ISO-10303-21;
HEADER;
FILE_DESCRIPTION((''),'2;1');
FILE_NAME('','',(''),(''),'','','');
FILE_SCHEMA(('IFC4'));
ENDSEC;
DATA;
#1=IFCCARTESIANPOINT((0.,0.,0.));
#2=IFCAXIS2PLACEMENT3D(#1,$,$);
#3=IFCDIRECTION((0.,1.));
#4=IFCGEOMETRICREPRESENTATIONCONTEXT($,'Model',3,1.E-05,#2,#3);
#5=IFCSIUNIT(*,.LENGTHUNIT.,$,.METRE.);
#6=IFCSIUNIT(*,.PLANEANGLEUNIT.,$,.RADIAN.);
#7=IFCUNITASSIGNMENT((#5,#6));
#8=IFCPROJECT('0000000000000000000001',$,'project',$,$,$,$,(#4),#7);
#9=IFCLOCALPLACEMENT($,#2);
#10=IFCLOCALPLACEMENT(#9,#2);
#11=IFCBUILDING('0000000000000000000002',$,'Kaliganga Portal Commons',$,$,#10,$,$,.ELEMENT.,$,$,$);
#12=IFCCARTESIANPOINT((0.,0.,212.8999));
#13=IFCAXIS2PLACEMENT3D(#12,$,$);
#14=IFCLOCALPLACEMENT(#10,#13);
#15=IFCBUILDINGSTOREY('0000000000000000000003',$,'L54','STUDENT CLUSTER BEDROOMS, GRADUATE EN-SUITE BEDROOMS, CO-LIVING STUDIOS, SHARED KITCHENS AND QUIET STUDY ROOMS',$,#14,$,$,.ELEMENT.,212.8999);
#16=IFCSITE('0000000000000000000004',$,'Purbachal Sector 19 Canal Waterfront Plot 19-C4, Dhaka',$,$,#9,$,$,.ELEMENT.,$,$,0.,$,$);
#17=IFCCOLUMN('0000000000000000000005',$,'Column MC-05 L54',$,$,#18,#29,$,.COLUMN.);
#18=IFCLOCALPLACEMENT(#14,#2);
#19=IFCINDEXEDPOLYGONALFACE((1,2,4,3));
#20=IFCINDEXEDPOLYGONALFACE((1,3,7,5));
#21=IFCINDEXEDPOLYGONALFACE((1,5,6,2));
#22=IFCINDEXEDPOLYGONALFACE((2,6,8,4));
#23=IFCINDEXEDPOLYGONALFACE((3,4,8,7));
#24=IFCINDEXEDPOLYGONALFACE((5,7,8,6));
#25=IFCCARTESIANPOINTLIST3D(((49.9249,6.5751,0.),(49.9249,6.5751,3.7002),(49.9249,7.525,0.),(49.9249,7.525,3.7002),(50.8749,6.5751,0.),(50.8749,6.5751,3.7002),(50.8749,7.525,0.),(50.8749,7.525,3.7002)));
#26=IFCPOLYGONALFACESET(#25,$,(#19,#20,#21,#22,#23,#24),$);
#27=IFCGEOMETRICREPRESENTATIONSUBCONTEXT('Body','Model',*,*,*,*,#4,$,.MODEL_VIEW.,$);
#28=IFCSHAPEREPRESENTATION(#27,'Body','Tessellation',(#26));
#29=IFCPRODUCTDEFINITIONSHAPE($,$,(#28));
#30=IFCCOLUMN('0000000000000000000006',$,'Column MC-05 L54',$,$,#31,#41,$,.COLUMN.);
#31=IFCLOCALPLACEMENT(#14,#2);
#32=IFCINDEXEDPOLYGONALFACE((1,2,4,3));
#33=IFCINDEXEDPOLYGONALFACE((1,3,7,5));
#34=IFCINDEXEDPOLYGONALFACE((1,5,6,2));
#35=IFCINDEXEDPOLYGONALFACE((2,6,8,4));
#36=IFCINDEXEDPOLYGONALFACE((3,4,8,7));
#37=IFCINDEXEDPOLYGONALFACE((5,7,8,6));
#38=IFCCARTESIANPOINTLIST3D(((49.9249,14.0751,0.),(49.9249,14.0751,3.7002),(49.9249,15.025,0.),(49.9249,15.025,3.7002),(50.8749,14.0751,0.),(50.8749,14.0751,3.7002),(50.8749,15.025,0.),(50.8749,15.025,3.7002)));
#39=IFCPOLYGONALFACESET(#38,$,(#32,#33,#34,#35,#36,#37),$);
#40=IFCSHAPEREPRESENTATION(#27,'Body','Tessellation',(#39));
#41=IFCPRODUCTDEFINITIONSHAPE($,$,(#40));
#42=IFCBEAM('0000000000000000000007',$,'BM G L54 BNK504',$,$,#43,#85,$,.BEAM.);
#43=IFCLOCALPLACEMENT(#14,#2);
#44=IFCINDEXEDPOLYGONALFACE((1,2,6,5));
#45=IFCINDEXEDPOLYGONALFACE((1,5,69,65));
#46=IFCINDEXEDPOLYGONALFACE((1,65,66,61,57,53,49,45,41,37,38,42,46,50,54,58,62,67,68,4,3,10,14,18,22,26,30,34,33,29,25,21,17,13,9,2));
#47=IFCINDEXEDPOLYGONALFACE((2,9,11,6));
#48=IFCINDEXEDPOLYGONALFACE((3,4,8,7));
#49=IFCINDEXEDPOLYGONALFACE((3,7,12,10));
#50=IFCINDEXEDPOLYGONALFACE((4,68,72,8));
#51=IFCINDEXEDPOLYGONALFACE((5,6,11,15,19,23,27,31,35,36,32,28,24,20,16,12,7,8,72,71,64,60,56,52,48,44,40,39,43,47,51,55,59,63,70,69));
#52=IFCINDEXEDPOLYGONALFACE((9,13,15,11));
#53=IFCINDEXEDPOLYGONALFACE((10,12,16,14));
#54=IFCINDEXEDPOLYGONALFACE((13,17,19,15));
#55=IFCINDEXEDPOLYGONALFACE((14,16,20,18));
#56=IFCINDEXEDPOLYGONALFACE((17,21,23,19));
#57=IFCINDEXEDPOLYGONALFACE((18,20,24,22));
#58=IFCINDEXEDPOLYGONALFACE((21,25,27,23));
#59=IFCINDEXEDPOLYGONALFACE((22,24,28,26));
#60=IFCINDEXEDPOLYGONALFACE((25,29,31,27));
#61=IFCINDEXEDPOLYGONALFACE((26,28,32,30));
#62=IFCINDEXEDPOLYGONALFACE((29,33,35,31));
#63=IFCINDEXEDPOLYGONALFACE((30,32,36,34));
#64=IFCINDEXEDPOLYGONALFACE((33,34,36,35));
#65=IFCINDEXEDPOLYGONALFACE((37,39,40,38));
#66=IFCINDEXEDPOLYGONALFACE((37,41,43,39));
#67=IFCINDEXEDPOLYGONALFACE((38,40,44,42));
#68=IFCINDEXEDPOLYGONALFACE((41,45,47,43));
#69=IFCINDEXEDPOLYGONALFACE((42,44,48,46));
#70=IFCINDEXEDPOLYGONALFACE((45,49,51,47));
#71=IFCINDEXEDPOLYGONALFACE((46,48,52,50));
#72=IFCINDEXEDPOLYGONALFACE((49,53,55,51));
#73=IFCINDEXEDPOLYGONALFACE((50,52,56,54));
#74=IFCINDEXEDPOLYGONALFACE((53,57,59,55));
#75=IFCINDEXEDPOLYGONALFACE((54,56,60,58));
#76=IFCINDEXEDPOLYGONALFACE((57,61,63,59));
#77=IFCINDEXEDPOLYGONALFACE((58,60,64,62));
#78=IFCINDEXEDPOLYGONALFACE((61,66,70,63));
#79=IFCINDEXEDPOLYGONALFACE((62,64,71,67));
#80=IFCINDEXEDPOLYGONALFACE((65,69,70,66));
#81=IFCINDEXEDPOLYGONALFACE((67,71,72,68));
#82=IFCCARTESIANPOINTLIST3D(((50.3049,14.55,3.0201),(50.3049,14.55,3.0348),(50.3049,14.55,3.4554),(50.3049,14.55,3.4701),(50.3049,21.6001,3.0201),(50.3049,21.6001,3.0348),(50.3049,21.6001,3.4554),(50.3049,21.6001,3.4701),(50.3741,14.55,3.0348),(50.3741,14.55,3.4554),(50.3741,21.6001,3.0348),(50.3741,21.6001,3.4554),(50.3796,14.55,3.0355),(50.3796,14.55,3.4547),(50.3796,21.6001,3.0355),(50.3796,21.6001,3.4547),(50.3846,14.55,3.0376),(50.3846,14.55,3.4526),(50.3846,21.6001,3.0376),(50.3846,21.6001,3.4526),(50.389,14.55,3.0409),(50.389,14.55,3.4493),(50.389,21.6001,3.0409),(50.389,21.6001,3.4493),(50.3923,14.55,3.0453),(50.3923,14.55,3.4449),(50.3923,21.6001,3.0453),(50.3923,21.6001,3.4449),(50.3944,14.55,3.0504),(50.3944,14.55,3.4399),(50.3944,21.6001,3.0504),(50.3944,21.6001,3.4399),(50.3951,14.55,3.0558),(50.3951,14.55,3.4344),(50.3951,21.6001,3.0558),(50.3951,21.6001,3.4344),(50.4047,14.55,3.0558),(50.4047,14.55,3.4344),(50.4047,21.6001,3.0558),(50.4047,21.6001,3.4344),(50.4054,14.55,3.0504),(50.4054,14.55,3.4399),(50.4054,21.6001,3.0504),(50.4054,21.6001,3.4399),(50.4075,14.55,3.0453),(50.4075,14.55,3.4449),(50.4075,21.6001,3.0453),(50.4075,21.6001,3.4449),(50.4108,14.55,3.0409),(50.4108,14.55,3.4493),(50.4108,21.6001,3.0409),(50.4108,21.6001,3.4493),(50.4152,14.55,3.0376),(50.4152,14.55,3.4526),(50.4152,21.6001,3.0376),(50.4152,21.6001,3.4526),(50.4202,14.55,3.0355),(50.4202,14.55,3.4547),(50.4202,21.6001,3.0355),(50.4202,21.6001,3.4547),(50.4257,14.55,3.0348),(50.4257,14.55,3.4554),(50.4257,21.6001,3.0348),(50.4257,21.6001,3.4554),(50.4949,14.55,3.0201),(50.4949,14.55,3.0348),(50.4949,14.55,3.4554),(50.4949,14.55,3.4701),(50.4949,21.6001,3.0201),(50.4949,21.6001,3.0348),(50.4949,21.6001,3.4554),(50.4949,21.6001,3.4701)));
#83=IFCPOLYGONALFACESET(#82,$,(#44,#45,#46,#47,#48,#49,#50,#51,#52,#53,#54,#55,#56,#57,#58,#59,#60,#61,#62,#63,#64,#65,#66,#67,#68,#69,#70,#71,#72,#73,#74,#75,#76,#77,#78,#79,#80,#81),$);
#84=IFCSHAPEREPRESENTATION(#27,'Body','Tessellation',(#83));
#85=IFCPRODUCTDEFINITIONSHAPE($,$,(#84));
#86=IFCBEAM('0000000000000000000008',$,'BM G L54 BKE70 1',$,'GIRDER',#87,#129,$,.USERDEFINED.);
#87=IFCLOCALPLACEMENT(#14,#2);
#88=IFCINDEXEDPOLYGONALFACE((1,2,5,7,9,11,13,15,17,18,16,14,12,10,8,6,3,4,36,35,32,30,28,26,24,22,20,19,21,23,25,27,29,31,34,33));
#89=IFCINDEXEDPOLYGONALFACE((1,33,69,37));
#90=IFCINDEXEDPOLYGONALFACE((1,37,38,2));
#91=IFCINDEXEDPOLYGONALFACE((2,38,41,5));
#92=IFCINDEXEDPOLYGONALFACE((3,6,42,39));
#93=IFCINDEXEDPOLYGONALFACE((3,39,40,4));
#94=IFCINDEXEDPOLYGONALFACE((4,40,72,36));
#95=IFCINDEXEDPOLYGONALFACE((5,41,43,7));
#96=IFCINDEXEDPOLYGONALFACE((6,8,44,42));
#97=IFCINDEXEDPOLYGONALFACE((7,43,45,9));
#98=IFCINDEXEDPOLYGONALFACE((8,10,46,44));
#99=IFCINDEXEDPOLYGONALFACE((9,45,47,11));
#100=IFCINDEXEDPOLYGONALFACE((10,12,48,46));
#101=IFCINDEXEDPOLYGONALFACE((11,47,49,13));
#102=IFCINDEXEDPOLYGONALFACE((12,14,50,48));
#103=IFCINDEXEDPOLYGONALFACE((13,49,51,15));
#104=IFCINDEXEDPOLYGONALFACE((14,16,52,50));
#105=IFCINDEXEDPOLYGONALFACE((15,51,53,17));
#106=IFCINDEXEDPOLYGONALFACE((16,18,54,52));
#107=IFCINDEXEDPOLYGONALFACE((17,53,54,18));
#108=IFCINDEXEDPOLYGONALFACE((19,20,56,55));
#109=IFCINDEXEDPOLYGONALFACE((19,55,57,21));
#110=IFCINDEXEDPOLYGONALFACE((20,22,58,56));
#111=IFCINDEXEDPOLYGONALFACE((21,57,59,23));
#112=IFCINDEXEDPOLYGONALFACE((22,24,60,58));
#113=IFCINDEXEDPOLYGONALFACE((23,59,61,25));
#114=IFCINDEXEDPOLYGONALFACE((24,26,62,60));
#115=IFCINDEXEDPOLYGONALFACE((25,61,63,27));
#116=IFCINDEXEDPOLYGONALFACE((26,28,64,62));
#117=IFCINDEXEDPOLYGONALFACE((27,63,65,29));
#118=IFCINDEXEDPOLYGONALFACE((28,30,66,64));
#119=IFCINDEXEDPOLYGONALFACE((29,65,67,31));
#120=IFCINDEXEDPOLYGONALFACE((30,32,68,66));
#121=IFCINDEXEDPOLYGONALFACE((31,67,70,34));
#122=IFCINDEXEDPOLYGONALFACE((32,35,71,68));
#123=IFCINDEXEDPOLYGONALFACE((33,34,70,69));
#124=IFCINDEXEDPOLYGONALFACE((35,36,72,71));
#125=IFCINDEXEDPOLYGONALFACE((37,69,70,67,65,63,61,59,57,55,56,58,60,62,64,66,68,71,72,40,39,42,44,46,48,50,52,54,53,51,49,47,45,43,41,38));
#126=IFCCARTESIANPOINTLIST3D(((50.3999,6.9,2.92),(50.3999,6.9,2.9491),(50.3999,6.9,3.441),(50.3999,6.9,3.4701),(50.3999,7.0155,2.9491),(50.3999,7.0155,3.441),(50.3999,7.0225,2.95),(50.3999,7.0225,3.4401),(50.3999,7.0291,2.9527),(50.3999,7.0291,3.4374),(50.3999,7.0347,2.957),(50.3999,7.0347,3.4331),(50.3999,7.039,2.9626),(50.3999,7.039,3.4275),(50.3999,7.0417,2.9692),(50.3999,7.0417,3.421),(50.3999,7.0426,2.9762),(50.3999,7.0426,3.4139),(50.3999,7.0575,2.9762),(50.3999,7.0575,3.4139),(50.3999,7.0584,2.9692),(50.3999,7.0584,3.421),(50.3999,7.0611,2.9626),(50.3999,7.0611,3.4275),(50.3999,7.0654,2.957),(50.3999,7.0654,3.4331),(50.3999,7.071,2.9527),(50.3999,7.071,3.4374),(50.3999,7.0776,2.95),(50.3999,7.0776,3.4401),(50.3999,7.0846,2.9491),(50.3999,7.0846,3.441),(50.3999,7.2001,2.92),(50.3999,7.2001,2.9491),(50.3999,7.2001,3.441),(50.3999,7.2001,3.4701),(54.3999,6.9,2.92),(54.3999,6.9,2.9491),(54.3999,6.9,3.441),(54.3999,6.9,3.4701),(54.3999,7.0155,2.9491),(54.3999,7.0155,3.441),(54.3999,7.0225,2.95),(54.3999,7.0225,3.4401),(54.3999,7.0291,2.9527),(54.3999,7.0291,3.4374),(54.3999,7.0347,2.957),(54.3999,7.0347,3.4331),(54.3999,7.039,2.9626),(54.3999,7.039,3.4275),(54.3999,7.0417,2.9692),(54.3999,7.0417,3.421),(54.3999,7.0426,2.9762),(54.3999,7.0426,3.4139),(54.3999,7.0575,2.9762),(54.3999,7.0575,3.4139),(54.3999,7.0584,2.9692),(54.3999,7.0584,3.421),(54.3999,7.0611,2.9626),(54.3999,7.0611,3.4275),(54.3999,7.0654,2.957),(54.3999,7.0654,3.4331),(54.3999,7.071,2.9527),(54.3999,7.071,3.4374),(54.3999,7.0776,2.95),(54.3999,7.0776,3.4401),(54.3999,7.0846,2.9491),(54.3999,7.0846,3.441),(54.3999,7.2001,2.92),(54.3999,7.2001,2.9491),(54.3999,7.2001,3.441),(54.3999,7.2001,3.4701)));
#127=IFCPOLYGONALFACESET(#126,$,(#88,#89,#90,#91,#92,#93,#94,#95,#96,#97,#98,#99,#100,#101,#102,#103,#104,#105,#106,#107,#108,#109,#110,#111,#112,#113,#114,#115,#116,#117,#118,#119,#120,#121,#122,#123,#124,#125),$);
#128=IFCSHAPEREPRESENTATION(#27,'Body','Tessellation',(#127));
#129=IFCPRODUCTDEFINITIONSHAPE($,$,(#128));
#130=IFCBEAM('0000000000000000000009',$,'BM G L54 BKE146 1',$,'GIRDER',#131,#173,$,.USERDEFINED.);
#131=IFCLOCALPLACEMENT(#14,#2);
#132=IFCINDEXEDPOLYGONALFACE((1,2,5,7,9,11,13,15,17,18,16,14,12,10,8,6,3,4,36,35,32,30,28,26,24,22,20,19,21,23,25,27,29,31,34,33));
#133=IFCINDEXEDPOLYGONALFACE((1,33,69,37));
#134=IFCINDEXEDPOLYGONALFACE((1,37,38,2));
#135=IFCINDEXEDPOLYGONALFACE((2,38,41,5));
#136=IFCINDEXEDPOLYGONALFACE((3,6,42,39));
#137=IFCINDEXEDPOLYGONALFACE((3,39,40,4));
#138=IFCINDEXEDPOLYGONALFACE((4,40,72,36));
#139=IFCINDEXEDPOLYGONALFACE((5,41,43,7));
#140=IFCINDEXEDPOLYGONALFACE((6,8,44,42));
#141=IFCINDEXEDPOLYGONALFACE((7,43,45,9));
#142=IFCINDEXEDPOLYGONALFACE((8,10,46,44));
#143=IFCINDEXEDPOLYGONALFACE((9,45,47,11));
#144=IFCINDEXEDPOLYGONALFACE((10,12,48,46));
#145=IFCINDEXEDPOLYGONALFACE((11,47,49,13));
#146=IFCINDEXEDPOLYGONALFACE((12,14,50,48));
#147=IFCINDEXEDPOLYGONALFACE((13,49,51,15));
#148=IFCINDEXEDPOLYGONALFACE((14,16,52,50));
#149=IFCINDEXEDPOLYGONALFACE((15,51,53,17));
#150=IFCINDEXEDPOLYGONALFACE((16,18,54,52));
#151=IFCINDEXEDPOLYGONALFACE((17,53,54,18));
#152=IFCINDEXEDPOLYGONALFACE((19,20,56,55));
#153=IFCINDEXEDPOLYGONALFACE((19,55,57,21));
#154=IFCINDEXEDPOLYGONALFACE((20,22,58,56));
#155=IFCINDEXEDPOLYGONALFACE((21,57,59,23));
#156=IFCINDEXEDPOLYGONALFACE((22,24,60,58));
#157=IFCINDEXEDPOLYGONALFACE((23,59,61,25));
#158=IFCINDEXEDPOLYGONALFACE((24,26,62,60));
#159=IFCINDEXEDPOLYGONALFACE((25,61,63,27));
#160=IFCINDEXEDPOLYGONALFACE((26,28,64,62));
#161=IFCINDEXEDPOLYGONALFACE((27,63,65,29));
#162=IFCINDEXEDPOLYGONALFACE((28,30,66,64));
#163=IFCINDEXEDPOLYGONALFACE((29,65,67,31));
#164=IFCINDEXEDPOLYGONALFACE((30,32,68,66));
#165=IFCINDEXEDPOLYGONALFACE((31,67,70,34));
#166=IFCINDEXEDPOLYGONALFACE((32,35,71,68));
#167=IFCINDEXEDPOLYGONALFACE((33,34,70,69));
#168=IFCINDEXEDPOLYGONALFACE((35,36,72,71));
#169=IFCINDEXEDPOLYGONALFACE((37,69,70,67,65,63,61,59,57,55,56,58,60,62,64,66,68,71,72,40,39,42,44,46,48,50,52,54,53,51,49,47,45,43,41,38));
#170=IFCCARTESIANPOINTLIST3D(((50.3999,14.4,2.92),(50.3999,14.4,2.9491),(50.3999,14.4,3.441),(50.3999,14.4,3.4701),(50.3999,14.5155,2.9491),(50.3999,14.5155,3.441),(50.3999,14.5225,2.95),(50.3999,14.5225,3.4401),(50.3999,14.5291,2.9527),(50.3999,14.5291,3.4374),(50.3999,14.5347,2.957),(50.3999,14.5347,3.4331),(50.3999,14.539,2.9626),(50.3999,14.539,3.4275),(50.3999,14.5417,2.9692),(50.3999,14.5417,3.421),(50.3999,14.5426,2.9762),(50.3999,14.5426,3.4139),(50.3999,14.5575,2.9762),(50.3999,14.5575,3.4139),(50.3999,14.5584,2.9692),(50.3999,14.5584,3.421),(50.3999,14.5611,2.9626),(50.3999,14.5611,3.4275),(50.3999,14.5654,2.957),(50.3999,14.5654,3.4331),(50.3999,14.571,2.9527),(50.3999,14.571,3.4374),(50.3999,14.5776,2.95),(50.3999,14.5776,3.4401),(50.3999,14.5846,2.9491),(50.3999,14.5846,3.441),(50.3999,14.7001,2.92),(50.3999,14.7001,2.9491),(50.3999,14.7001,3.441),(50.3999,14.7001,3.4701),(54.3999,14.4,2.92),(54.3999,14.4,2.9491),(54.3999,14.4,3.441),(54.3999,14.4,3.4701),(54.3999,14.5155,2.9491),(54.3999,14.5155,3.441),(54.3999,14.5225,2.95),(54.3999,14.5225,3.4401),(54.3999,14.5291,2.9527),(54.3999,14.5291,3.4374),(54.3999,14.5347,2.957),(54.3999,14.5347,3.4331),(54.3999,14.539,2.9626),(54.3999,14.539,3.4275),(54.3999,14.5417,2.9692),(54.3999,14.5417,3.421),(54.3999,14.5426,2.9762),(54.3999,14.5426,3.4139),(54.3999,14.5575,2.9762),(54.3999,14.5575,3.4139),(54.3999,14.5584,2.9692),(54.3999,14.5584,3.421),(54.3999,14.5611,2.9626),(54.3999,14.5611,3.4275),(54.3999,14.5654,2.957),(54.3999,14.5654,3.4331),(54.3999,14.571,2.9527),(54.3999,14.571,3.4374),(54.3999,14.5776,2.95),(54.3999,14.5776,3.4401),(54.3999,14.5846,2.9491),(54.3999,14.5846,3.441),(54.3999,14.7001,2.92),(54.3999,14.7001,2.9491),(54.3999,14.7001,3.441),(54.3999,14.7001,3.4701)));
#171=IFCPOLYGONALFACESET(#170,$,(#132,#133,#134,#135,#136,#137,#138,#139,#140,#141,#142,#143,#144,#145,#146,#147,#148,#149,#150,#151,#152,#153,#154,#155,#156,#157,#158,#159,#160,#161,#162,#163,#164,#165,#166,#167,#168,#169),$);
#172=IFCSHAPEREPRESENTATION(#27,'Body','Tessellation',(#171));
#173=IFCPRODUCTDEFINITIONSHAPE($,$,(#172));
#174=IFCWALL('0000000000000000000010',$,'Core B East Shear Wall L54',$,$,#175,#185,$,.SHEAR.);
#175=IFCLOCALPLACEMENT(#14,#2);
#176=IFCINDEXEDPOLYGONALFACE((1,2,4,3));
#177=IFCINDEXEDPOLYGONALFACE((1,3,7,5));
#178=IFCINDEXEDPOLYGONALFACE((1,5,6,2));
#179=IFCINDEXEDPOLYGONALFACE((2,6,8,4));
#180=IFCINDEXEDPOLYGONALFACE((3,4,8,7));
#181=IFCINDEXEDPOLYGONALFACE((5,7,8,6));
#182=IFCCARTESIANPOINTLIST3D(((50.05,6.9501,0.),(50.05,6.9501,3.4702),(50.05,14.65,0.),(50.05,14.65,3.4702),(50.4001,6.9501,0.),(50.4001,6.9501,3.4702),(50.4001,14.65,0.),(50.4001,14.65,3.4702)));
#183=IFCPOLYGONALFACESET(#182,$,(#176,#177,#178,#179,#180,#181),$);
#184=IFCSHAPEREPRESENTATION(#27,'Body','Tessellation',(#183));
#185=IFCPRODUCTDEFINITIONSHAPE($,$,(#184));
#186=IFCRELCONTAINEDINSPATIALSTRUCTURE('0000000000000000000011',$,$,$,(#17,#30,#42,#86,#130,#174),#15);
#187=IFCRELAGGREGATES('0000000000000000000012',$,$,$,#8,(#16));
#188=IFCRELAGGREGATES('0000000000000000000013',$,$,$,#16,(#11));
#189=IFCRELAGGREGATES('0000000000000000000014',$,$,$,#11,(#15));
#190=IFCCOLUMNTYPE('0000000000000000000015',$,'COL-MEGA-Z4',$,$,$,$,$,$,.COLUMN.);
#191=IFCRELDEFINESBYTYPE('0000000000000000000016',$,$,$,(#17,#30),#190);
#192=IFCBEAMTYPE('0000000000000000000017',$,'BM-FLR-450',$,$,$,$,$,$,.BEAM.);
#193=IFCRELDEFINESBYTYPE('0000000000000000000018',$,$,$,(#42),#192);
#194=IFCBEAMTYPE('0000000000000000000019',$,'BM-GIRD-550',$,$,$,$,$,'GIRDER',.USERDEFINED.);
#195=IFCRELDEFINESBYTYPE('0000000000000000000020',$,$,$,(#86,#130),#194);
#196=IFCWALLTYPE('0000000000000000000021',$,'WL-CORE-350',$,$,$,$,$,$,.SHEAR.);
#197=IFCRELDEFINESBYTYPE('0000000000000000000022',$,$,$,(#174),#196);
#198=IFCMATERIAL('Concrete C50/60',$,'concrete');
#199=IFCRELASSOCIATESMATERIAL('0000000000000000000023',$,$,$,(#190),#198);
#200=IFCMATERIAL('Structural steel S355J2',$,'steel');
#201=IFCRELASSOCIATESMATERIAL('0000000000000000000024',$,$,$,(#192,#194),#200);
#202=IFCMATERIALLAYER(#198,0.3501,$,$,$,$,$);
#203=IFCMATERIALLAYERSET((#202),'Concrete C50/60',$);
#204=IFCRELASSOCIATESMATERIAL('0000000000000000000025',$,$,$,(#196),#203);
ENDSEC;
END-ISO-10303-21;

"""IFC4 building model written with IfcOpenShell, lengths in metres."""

from ifc_helpers import new_model, si_unit, direction, frame, frame_2d, origin, origin_2d, place, context, subcontext, project, spatial, rectangle, i_section, extrude, source, transform, mapped, material, layer, layer_set, material_profile, profile_set, type_object, element, save


model = new_model("IFC4")

# Units and contexts
model_context = context("Model", 3, precision=1e-05, world=origin(), true_north=direction((0.0, 1.0)))
body_context = subcontext(model_context, "Body", "Model", "MODEL_VIEW")
ifc_project = project(units=[si_unit("LENGTHUNIT", "METRE"), si_unit("PLANEANGLEUNIT", "RADIAN")], contexts=[model_context])

# Site, building, storey
site_placement = place(None, origin())
site = spatial("IfcSite", under=ifc_project, at=site_placement, Name="Purbachal Sector 19 Canal Waterfront Plot 19-C4, Dhaka", CompositionType="ELEMENT", RefElevation=0.0)
building_placement = place(site_placement, origin())
building = spatial("IfcBuilding", under=site, at=building_placement, Name="Kaliganga Portal Commons", CompositionType="ELEMENT")
storey_placement = place(building_placement, frame((0.0, 0.0, 212.8999)))
storey = spatial("IfcBuildingStorey", under=building, at=storey_placement, Name="L54", Description="STUDENT CLUSTER BEDROOMS, GRADUATE EN-SUITE BEDROOMS, CO-LIVING STUDIOS, SHARED KITCHENS AND QUIET STUDY ROOMS", CompositionType="ELEMENT", Elevation=212.8999)

# Columns
ifc_material_1 = material(Name="Concrete C50/60", Category="concrete")
ifc_material_profile_1 = material_profile(ifc_material_1, rectangle(XDim=0.95, YDim=0.95, at=origin_2d()), Name="RC 950x950")
ifc_profile_set_1 = profile_set([ifc_material_profile_1], Name="Concrete C50/60")
column_type = type_object("IfcColumnType", Name="COL-MEGA-Z4", PredefinedType="COLUMN", material=ifc_profile_set_1)
shared_shape_1 = source(origin(), body_context, "Body", "SweptSolid", [
    extrude(rectangle(XDim=0.95, YDim=0.95, at=origin_2d()), origin(), (0.0, 0.0, 1.0), 3.7002),
])
for number, where, z_axis, x_axis, name in (
    (1, (50.3999, 7.05, 0.0), (0.0, 0.0, 1.0), (1.0, 0.0, 0.0), "Column MC-05 L54"),
    (2, (50.3999, 14.55, 0.0), (0.0, 0.0, 1.0), (1.0, 0.0, 0.0), "Column MC-05 L54"),
):
    element("IfcColumn", number, at=place(storey_placement, frame(where, z_axis=z_axis, x_axis=x_axis)), inside=storey, type_object=column_type, Name=name, PredefinedType="COLUMN", context=body_context, shape_type="MappedRepresentation", body=[
        mapped(shared_shape_1, transform((0.0, 0.0, 0.0), x_axis=(1.0, 0.0, 0.0), y_axis=(0.0, 1.0, 0.0), z_axis=(0.0, 0.0, 1.0), scale=1.0)),
    ])

# Beams
ifc_material_2 = material(Name="Structural steel S355J2", Category="steel")
ifc_material_profile_2 = material_profile(ifc_material_2, i_section(OverallWidth=0.1899, OverallDepth=0.45, WebThickness=0.0095, FlangeThickness=0.0146, FilletRadius=0.021, at=origin_2d()), Name="IPE 450")
ifc_profile_set_2 = profile_set([ifc_material_profile_2], Name="Structural steel S355J2 wide-flange")
beam_type_1 = type_object("IfcBeamType", Name="BM-FLR-450", PredefinedType="BEAM", material=ifc_profile_set_2)
shared_shape_2 = source(origin(), body_context, "Body", "SweptSolid", [
    extrude(i_section(OverallWidth=0.1899, OverallDepth=0.45, WebThickness=0.0095, FlangeThickness=0.0146, FilletRadius=0.021, at=origin_2d()), origin(), (0.0, 0.0, 1.0), 7.05),
])
beam_placement = place(storey_placement, frame((50.3999, 14.55, 3.2451), z_axis=(0.0, 1.0, 0.0), x_axis=(-1.0, 0.0, 0.0)))
element("IfcBeam", 3, at=beam_placement, inside=storey, type_object=beam_type_1, Name="BM G L54 BNK504", PredefinedType="BEAM", context=body_context, shape_type="MappedRepresentation", body=[
    mapped(shared_shape_2, transform((0.0, 0.0, 0.0), x_axis=(1.0, 0.0, 0.0), y_axis=(0.0, 1.0, 0.0), z_axis=(0.0, 0.0, 1.0), scale=1.0)),
])
ifc_material_profile_3 = material_profile(ifc_material_2, i_section(OverallWidth=0.3, OverallDepth=0.55, WebThickness=0.0149, FlangeThickness=0.0291, FilletRadius=0.0271, at=origin_2d()), Name="HE 550 B")
ifc_profile_set_3 = profile_set([ifc_material_profile_3], Name="Structural steel S355J2 wide-flange")
beam_type_2 = type_object("IfcBeamType", Name="BM-GIRD-550", ElementType="GIRDER", PredefinedType="USERDEFINED", material=ifc_profile_set_3)
shared_shape_3 = source(origin(), body_context, "Body", "SweptSolid", [
    extrude(i_section(OverallWidth=0.3, OverallDepth=0.55, WebThickness=0.0149, FlangeThickness=0.0291, FilletRadius=0.0271, at=origin_2d()), origin(), (0.0, 0.0, 1.0), 4.0),
])
for number, where, z_axis, x_axis, name in (
    (4, (50.3999, 7.05, 3.1951), (1.0, 0.0, 0.0), (0.0, 1.0, 0.0), "BM G L54 BKE70 1"),
    (5, (50.3999, 14.55, 3.1951), (1.0, 0.0, 0.0), (0.0, 1.0, 0.0), "BM G L54 BKE146 1"),
):
    element("IfcBeam", number, at=place(storey_placement, frame(where, z_axis=z_axis, x_axis=x_axis)), inside=storey, type_object=beam_type_2, Name=name, ObjectType="GIRDER", PredefinedType="USERDEFINED", context=body_context, shape_type="MappedRepresentation", body=[
        mapped(shared_shape_3, transform((0.0, 0.0, 0.0), x_axis=(1.0, 0.0, 0.0), y_axis=(0.0, 1.0, 0.0), z_axis=(0.0, 0.0, 1.0), scale=1.0)),
    ])

# Wall
ifc_layer_1 = layer(ifc_material_1, 0.3501)
ifc_layer_set_1 = layer_set([ifc_layer_1], Name="Concrete C50/60")
wall_type_1 = type_object("IfcWallType", Name="WL-CORE-350", PredefinedType="SHEAR", material=ifc_layer_set_1)
wall_1_placement = place(storey_placement, frame((50.2251, 6.95, 0.0), z_axis=(0.0, 0.0, 1.0), x_axis=(0.0, 1.0, 0.0)))
element("IfcWall", 6, at=wall_1_placement, inside=storey, type_object=wall_type_1, Name="Core B East Shear Wall L54", PredefinedType="SHEAR", context=body_context, shape_type="SweptSolid", body=[
    extrude(rectangle(XDim=7.7, YDim=0.3501, at=frame_2d((3.8501, 0.0))), origin(), (0.0, 0.0, 1.0), 3.4702),
])

save(model, "model.ifc")
